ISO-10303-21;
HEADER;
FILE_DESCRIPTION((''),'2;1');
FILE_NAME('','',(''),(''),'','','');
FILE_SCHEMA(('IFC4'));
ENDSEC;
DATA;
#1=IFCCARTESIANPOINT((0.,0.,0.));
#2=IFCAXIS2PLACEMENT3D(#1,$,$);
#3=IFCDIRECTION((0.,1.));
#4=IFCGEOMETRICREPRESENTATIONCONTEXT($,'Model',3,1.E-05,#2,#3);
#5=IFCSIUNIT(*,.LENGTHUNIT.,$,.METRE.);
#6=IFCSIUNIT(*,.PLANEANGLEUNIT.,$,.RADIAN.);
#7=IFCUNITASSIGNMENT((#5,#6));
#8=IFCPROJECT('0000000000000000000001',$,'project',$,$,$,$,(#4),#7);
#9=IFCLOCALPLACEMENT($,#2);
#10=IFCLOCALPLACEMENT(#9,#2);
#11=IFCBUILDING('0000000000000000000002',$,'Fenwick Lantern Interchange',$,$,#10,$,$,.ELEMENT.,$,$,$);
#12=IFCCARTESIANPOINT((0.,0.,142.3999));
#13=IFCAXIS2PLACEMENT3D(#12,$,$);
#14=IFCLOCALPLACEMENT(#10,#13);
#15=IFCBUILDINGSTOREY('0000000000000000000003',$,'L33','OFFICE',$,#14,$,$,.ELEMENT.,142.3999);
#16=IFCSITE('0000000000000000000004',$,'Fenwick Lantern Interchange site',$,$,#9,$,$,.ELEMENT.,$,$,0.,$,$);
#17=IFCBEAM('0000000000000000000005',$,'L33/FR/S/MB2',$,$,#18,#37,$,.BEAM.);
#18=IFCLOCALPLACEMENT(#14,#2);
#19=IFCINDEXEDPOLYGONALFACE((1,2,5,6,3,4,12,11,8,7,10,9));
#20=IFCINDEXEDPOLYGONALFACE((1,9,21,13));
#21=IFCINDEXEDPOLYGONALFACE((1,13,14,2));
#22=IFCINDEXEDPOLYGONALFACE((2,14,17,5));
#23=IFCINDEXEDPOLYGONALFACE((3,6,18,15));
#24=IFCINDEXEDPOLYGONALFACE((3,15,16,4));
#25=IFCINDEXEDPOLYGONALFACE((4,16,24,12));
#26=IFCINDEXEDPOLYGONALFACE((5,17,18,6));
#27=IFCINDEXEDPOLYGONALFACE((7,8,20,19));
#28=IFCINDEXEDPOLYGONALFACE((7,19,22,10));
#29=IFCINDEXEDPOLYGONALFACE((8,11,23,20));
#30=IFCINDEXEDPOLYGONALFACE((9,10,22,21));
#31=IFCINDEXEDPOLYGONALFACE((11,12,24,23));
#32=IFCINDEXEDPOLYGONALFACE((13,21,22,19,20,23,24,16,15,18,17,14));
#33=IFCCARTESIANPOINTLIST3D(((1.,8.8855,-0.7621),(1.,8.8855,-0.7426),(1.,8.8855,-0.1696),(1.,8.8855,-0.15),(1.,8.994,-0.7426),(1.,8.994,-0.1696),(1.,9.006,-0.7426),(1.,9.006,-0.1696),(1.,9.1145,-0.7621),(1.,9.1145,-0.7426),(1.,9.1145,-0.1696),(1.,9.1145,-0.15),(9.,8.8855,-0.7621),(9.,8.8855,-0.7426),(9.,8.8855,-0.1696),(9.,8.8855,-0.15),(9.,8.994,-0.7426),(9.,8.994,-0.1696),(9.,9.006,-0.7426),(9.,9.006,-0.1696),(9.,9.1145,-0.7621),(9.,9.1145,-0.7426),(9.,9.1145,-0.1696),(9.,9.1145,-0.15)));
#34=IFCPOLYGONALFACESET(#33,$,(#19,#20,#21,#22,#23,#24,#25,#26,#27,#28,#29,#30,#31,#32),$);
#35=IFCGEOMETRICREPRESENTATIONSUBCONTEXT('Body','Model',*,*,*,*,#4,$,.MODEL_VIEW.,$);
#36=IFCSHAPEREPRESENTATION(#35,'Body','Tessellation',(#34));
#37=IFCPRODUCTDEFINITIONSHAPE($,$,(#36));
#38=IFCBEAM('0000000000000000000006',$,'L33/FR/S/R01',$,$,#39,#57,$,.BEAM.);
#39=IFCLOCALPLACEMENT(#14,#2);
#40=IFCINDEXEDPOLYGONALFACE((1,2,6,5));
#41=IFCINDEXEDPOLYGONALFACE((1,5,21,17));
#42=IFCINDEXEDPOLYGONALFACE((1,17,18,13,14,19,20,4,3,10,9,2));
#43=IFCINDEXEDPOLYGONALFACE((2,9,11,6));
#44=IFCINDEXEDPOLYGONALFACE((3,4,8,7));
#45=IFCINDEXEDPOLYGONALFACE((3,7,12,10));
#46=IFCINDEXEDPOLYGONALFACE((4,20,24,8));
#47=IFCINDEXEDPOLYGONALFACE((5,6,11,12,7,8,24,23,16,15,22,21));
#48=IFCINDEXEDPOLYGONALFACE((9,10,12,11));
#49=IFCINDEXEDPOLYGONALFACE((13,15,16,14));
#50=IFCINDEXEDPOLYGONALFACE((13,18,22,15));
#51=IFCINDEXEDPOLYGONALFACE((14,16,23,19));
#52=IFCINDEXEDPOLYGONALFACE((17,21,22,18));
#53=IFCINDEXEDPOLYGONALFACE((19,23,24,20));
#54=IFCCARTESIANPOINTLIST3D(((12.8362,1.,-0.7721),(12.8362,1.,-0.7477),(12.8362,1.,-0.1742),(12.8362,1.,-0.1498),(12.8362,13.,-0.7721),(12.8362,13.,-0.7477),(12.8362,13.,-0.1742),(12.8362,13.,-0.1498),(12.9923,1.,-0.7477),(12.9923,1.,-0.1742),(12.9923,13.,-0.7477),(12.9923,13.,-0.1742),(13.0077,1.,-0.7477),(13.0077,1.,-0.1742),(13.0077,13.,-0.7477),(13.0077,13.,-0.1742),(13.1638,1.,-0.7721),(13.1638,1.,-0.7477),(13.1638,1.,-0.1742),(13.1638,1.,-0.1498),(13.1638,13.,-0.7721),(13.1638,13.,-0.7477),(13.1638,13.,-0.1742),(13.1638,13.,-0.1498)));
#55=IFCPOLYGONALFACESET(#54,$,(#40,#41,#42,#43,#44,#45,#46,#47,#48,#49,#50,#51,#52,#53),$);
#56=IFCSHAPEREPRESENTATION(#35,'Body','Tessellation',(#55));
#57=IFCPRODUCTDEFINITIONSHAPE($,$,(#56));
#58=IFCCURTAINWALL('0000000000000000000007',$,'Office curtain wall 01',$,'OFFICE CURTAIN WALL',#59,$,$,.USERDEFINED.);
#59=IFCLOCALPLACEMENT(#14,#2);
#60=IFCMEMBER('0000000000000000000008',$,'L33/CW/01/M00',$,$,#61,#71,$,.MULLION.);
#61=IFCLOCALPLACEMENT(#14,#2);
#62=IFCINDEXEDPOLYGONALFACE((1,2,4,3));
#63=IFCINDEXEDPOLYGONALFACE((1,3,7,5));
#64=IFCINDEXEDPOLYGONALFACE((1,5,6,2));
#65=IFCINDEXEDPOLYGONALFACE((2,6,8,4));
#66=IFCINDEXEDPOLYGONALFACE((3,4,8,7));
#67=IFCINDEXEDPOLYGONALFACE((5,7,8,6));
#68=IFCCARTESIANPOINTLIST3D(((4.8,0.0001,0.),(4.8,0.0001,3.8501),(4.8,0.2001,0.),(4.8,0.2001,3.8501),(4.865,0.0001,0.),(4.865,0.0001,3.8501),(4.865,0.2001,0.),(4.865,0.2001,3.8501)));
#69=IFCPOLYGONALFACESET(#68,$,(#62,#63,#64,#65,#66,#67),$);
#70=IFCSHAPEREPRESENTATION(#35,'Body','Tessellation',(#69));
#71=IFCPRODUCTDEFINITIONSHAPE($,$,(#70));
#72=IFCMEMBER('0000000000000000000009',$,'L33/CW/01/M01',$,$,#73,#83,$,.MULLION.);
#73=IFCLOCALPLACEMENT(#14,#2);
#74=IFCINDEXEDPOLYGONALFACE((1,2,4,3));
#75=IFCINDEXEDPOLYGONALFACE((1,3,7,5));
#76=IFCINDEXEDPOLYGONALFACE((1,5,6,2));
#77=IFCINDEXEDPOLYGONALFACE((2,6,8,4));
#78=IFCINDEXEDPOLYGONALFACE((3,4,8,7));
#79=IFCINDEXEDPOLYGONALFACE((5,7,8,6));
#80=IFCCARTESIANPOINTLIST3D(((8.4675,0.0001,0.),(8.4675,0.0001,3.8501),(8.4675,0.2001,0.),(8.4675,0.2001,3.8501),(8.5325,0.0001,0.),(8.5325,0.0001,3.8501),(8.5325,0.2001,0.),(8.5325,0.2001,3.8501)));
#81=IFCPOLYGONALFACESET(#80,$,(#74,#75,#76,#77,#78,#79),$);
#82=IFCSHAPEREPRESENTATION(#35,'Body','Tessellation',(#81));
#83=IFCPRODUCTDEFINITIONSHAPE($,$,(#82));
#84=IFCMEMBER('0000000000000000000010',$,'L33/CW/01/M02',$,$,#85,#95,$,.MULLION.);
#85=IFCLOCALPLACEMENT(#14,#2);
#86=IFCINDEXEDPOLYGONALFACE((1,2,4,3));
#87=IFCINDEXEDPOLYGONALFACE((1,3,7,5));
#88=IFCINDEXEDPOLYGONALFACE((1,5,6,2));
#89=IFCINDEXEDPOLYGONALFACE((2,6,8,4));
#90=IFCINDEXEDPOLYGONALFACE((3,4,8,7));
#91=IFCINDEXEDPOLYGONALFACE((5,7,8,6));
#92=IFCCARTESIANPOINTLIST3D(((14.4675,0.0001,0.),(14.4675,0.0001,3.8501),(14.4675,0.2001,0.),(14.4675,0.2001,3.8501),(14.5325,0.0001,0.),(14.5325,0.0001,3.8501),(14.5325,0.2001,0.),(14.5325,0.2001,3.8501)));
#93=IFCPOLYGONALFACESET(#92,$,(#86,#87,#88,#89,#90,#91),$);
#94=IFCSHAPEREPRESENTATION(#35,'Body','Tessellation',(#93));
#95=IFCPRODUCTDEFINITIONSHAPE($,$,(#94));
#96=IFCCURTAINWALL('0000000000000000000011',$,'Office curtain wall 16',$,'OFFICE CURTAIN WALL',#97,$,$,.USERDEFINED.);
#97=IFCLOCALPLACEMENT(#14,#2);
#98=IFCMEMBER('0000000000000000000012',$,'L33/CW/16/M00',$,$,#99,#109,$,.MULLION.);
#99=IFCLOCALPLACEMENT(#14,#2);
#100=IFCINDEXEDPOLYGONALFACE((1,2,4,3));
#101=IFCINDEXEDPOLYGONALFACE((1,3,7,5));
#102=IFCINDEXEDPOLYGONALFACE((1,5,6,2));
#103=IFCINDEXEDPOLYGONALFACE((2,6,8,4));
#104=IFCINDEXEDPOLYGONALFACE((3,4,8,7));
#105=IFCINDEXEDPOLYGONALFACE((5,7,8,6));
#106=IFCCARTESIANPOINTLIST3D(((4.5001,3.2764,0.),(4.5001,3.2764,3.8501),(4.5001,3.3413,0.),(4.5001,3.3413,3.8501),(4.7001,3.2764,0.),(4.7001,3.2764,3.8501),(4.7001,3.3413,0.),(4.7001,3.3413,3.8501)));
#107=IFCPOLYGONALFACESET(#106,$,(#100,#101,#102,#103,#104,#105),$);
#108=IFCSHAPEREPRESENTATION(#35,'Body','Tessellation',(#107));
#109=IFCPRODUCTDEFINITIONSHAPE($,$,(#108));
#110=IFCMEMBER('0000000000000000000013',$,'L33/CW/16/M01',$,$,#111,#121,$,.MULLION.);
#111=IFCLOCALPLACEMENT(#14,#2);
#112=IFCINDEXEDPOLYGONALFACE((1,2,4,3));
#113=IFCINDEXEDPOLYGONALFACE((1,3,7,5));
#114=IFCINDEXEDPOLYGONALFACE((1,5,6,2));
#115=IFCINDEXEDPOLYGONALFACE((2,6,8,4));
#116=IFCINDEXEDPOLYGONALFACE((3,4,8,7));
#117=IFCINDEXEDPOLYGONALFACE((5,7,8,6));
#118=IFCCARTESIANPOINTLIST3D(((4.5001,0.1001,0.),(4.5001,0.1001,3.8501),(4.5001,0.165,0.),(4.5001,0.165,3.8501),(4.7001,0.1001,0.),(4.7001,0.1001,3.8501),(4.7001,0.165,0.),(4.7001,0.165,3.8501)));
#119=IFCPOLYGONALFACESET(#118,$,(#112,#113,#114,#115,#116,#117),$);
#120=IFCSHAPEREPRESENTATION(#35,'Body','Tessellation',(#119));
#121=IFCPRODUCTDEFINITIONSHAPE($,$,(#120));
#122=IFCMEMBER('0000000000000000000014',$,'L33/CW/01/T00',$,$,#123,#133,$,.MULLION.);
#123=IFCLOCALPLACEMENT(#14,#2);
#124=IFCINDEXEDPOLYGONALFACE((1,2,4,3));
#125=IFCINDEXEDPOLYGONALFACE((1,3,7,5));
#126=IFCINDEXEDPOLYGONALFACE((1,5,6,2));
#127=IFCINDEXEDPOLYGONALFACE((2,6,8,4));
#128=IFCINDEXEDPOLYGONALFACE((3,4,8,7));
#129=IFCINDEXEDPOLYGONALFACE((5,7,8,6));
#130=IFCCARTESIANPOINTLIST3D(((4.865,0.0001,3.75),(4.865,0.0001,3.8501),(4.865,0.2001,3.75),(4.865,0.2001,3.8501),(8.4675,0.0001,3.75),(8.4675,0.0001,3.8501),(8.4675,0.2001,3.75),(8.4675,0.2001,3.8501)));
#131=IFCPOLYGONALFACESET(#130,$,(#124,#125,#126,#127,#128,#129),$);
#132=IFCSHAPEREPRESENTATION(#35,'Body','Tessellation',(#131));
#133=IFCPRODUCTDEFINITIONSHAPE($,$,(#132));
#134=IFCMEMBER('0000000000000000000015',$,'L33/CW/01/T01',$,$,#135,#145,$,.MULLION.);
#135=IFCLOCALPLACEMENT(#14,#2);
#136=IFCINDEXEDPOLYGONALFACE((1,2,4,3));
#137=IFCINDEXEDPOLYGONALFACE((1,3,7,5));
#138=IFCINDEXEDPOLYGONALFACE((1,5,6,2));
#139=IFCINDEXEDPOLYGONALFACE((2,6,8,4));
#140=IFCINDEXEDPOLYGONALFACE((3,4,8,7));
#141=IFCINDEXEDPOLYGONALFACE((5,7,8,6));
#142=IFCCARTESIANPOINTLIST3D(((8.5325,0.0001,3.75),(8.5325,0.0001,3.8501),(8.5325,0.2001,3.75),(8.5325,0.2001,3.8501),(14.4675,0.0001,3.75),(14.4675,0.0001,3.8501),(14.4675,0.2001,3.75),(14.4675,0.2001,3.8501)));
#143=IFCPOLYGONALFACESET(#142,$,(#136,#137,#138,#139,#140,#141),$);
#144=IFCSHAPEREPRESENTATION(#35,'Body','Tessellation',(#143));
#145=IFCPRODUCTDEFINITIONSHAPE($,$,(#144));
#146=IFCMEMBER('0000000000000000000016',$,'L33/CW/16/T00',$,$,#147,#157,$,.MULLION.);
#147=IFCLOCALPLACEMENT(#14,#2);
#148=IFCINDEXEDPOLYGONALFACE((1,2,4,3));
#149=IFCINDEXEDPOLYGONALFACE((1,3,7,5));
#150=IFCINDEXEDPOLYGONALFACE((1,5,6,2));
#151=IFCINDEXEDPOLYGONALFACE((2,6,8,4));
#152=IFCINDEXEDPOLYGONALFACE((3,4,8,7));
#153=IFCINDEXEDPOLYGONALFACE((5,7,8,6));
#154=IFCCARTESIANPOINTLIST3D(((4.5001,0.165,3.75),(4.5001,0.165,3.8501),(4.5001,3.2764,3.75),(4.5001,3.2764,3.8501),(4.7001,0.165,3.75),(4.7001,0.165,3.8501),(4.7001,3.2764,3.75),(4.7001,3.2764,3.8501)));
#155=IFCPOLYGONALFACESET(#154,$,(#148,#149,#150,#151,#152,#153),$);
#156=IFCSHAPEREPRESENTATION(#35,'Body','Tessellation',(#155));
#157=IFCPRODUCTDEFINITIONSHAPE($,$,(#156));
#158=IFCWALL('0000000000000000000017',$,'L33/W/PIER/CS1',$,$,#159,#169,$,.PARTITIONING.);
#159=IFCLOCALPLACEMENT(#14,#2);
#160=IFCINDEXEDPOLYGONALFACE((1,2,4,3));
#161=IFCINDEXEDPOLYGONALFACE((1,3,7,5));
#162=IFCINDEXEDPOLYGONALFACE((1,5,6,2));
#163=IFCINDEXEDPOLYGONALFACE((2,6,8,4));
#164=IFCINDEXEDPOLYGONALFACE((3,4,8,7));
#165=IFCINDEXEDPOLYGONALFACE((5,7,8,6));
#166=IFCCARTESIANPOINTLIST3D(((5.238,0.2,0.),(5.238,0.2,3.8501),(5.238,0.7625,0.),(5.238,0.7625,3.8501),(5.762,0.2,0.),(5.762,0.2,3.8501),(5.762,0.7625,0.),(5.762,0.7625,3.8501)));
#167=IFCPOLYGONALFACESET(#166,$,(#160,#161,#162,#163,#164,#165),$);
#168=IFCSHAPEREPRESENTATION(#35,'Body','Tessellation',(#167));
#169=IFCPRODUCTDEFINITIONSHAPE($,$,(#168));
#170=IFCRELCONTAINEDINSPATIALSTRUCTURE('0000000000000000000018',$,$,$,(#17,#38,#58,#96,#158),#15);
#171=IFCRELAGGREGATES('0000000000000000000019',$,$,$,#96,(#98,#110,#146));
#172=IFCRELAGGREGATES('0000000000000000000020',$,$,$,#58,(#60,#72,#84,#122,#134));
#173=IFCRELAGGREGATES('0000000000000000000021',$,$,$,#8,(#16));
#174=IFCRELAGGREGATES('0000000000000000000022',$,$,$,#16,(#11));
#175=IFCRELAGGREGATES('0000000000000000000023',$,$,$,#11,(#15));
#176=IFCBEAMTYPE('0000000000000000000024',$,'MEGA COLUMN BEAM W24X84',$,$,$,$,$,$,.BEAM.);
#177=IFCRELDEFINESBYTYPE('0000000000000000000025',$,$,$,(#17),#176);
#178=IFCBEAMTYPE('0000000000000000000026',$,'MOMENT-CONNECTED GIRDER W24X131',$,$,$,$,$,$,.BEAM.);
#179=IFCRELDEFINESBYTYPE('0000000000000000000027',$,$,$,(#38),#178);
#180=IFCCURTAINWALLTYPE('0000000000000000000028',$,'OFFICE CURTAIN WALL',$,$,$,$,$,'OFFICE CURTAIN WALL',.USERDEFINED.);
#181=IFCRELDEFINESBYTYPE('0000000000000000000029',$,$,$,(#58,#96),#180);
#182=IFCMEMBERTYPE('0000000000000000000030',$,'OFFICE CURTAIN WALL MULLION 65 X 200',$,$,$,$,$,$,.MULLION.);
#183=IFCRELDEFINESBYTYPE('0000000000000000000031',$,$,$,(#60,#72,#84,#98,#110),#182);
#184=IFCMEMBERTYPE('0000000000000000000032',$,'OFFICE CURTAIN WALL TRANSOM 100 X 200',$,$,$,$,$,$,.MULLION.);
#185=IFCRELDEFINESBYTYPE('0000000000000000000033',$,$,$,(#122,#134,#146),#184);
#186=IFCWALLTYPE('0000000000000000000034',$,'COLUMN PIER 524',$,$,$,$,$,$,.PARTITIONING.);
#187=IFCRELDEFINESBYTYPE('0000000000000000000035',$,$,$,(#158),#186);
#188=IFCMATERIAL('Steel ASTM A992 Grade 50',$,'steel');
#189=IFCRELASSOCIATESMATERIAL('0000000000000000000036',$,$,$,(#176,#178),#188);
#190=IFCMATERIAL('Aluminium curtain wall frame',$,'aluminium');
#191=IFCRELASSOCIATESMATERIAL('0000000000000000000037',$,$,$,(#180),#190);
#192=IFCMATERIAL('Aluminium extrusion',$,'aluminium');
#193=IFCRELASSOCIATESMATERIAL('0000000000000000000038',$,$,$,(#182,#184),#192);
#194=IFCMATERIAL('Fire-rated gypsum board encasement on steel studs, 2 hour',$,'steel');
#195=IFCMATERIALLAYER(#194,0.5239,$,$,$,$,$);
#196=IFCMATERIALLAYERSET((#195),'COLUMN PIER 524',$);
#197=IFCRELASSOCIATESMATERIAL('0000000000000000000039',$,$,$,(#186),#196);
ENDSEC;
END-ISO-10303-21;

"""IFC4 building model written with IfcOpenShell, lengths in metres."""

from ifc_helpers import new_model, si_unit, direction, frame, frame_2d, origin, origin_2d, place, context, subcontext, project, spatial, rectangle, i_section, extrude, material, layer, layer_set, material_profile, profile_set, type_object, element, aggregate, save


model = new_model("IFC4")

# Units and contexts
model_context = context("Model", 3, precision=1e-05, world=origin(), true_north=direction((0.0, 1.0)))
body_context = subcontext(model_context, "Body", "Model", "MODEL_VIEW")
ifc_project = project(units=[si_unit("LENGTHUNIT", "METRE"), si_unit("PLANEANGLEUNIT", "RADIAN")], contexts=[model_context])

# Site, building, storey
site_placement = place(None, origin())
site = spatial("IfcSite", under=ifc_project, at=site_placement, Name="Fenwick Lantern Interchange site", CompositionType="ELEMENT", RefElevation=0.0)
building_placement = place(site_placement, origin())
building = spatial("IfcBuilding", under=site, at=building_placement, Name="Fenwick Lantern Interchange", CompositionType="ELEMENT")
storey_placement = place(building_placement, frame((0.0, 0.0, 142.3999)))
storey = spatial("IfcBuildingStorey", under=building, at=storey_placement, Name="L33", Description="OFFICE", CompositionType="ELEMENT", Elevation=142.3999)

# Shared definitions
ifc_material_1 = material(Name="Steel ASTM A992 Grade 50", Category="steel")

# Beams
ifc_material_profile_1 = material_profile(ifc_material_1, i_section(OverallWidth=0.229, OverallDepth=0.6121, WebThickness=0.012, FlangeThickness=0.0195, at=origin_2d()), Name="W24X84")
ifc_profile_set_1 = profile_set([ifc_material_profile_1], Name="Steel ASTM A992 Grade 50")
beam_type_1 = type_object("IfcBeamType", Name="MEGA COLUMN BEAM W24X84", PredefinedType="BEAM", material=ifc_profile_set_1)
for number, where, z_axis, x_axis, name in (
    (1, (9.0, 9.0, -0.4561), (-1.0, 0.0, 0.0), (0.0, -1.0, 0.0), "L33/FR/S/MB2"),
):
    element("IfcBeam", number, at=place(storey_placement, frame(where, z_axis=z_axis, x_axis=x_axis)), inside=storey, type_object=beam_type_1, Name=name, PredefinedType="BEAM", context=body_context, shape_type="SweptSolid", body=[
        extrude(i_section(OverallWidth=0.229, OverallDepth=0.6121, WebThickness=0.012, FlangeThickness=0.0195, at=origin_2d()), origin(), (0.0, 0.0, 1.0), 8.0),
    ])
ifc_material_profile_2 = material_profile(ifc_material_1, i_section(OverallWidth=0.3276, OverallDepth=0.6223, WebThickness=0.0154, FlangeThickness=0.0244, at=origin_2d()), Name="W24X131")
ifc_profile_set_2 = profile_set([ifc_material_profile_2], Name="Steel ASTM A992 Grade 50")
beam_type_2 = type_object("IfcBeamType", Name="MOMENT-CONNECTED GIRDER W24X131", PredefinedType="BEAM", material=ifc_profile_set_2)
beam_1_placement = place(storey_placement, frame((13.0, 1.0, -0.4609), z_axis=(0.0, 1.0, 0.0), x_axis=(-1.0, 0.0, 0.0)))
element("IfcBeam", 2, at=beam_1_placement, inside=storey, type_object=beam_type_2, Name="L33/FR/S/R01", PredefinedType="BEAM", context=body_context, shape_type="SweptSolid", body=[
    extrude(i_section(OverallWidth=0.3276, OverallDepth=0.6223, WebThickness=0.0154, FlangeThickness=0.0244, at=origin_2d()), origin(), (0.0, 0.0, 1.0), 12.0),
])

# Curtain walls, members
ifc_material_2 = material(Name="Aluminium curtain wall frame", Category="aluminium")
curtain_wall_type = type_object("IfcCurtainWallType", Name="OFFICE CURTAIN WALL", ElementType="OFFICE CURTAIN WALL", PredefinedType="USERDEFINED", material=ifc_material_2)
curtain_wall_1_placement = place(storey_placement, origin())
curtain_wall_1 = element("IfcCurtainWall", 3, at=curtain_wall_1_placement, inside=storey, type_object=curtain_wall_type, Name="Office curtain wall 01", ObjectType="OFFICE CURTAIN WALL", PredefinedType="USERDEFINED")
ifc_material_3 = material(Name="Aluminium extrusion", Category="aluminium")
ifc_material_profile_3 = material_profile(ifc_material_3, rectangle(XDim=0.2, YDim=0.0649, at=origin_2d()), Name="OFFICE CURTAIN WALL MULLION 65 X 200")
ifc_profile_set_3 = profile_set([ifc_material_profile_3], Name="Aluminium extrusion")
member_type_1 = type_object("IfcMemberType", Name="OFFICE CURTAIN WALL MULLION 65 X 200", PredefinedType="MULLION", material=ifc_profile_set_3)
member_1_placement = place(storey_placement, frame((4.8325, 0.1001, 0.0), z_axis=(0.0, 0.0, 1.0), x_axis=(0.0, 1.0, 0.0)))
member_1 = element("IfcMember", 4, at=member_1_placement, type_object=member_type_1, Name="L33/CW/01/M00", PredefinedType="MULLION", context=body_context, shape_type="SweptSolid", body=[
    extrude(rectangle(XDim=0.2, YDim=0.0649, at=origin_2d()), origin(), (0.0, 0.0, 1.0), 3.8501),
])
member_2_placement = place(storey_placement, frame((8.5, 0.1001, 0.0), z_axis=(0.0, 0.0, 1.0), x_axis=(0.0, 1.0, 0.0)))
member_2 = element("IfcMember", 5, at=member_2_placement, type_object=member_type_1, Name="L33/CW/01/M01", PredefinedType="MULLION", context=body_context, shape_type="SweptSolid", body=[
    extrude(rectangle(XDim=0.2, YDim=0.0649, at=origin_2d()), origin(), (0.0, 0.0, 1.0), 3.8501),
])
member_3_placement = place(storey_placement, frame((14.5, 0.1001, 0.0), z_axis=(0.0, 0.0, 1.0), x_axis=(0.0, 1.0, 0.0)))
member_3 = element("IfcMember", 6, at=member_3_placement, type_object=member_type_1, Name="L33/CW/01/M02", PredefinedType="MULLION", context=body_context, shape_type="SweptSolid", body=[
    extrude(rectangle(XDim=0.2, YDim=0.0649, at=origin_2d()), origin(), (0.0, 0.0, 1.0), 3.8501),
])
curtain_wall_2_placement = place(storey_placement, origin())
curtain_wall_2 = element("IfcCurtainWall", 7, at=curtain_wall_2_placement, inside=storey, type_object=curtain_wall_type, Name="Office curtain wall 16", ObjectType="OFFICE CURTAIN WALL", PredefinedType="USERDEFINED")
member_4_placement = place(storey_placement, frame((4.6001, 3.3088, 0.0), z_axis=(0.0, 0.0, 1.0), x_axis=(1.0, 0.0, 0.0)))
member_4 = element("IfcMember", 8, at=member_4_placement, type_object=member_type_1, Name="L33/CW/16/M00", PredefinedType="MULLION", context=body_context, shape_type="SweptSolid", body=[
    extrude(rectangle(XDim=0.2, YDim=0.0649, at=origin_2d()), origin(), (0.0, 0.0, 1.0), 3.8501),
])
member_5_placement = place(storey_placement, frame((4.6001, 0.1326, 0.0), z_axis=(0.0, 0.0, 1.0), x_axis=(1.0, 0.0, 0.0)))
member_5 = element("IfcMember", 9, at=member_5_placement, type_object=member_type_1, Name="L33/CW/16/M01", PredefinedType="MULLION", context=body_context, shape_type="SweptSolid", body=[
    extrude(rectangle(XDim=0.2, YDim=0.0649, at=origin_2d()), origin(), (0.0, 0.0, 1.0), 3.8501),
])

# Members
ifc_material_profile_4 = material_profile(ifc_material_3, rectangle(XDim=0.2, YDim=0.1001, at=origin_2d()), Name="OFFICE CURTAIN WALL TRANSOM 100 X 200")
ifc_profile_set_4 = profile_set([ifc_material_profile_4], Name="Aluminium extrusion")
member_type_2 = type_object("IfcMemberType", Name="OFFICE CURTAIN WALL TRANSOM 100 X 200", PredefinedType="MULLION", material=ifc_profile_set_4)
member_6_placement = place(storey_placement, frame((4.865, 0.1001, 3.8), z_axis=(1.0, 0.0, 0.0), x_axis=(0.0, 1.0, 0.0)))
member_6 = element("IfcMember", 10, at=member_6_placement, type_object=member_type_2, Name="L33/CW/01/T00", PredefinedType="MULLION", context=body_context, shape_type="SweptSolid", body=[
    extrude(rectangle(XDim=0.2, YDim=0.1001, at=origin_2d()), origin(), (0.0, 0.0, 1.0), 3.6025),
])
member_7_placement = place(storey_placement, frame((8.5325, 0.1001, 3.8), z_axis=(1.0, 0.0, 0.0), x_axis=(0.0, 1.0, 0.0)))
member_7 = element("IfcMember", 11, at=member_7_placement, type_object=member_type_2, Name="L33/CW/01/T01", PredefinedType="MULLION", context=body_context, shape_type="SweptSolid", body=[
    extrude(rectangle(XDim=0.2, YDim=0.1001, at=origin_2d()), origin(), (0.0, 0.0, 1.0), 5.9351),
])
member_8_placement = place(storey_placement, frame((4.6001, 3.2764, 3.8), z_axis=(0.0, -1.0, 0.0), x_axis=(1.0, 0.0, 0.0)))
member_8 = element("IfcMember", 12, at=member_8_placement, type_object=member_type_2, Name="L33/CW/16/T00", PredefinedType="MULLION", context=body_context, shape_type="SweptSolid", body=[
    extrude(rectangle(XDim=0.2, YDim=0.1001, at=origin_2d()), origin(), (0.0, 0.0, 1.0), 3.1113),
])
aggregate(curtain_wall_2, [member_4, member_5, member_8])

aggregate(curtain_wall_1, [member_1, member_2, member_3, member_6, member_7])

# Wall
ifc_material_4 = material(Name="Fire-rated gypsum board encasement on steel studs, 2 hour", Category="steel")
ifc_layer_1 = layer(ifc_material_4, 0.5239)
ifc_layer_set_1 = layer_set([ifc_layer_1], Name="COLUMN PIER 524")
wall_type_1 = type_object("IfcWallType", Name="COLUMN PIER 524", PredefinedType="PARTITIONING", material=ifc_layer_set_1)
wall_1_placement = place(storey_placement, frame((5.5, 0.2, 0.0), z_axis=(0.0, 0.0, 1.0), x_axis=(0.0, 1.0, 0.0)))
element("IfcWall", 13, at=wall_1_placement, inside=storey, type_object=wall_type_1, Name="L33/W/PIER/CS1", PredefinedType="PARTITIONING", context=body_context, shape_type="SweptSolid", body=[
    extrude(rectangle(XDim=0.5625, YDim=0.5239, at=frame_2d((0.2812, 0.0))), origin(), (0.0, 0.0, 1.0), 3.8501),
])

save(model, "model.ifc")
